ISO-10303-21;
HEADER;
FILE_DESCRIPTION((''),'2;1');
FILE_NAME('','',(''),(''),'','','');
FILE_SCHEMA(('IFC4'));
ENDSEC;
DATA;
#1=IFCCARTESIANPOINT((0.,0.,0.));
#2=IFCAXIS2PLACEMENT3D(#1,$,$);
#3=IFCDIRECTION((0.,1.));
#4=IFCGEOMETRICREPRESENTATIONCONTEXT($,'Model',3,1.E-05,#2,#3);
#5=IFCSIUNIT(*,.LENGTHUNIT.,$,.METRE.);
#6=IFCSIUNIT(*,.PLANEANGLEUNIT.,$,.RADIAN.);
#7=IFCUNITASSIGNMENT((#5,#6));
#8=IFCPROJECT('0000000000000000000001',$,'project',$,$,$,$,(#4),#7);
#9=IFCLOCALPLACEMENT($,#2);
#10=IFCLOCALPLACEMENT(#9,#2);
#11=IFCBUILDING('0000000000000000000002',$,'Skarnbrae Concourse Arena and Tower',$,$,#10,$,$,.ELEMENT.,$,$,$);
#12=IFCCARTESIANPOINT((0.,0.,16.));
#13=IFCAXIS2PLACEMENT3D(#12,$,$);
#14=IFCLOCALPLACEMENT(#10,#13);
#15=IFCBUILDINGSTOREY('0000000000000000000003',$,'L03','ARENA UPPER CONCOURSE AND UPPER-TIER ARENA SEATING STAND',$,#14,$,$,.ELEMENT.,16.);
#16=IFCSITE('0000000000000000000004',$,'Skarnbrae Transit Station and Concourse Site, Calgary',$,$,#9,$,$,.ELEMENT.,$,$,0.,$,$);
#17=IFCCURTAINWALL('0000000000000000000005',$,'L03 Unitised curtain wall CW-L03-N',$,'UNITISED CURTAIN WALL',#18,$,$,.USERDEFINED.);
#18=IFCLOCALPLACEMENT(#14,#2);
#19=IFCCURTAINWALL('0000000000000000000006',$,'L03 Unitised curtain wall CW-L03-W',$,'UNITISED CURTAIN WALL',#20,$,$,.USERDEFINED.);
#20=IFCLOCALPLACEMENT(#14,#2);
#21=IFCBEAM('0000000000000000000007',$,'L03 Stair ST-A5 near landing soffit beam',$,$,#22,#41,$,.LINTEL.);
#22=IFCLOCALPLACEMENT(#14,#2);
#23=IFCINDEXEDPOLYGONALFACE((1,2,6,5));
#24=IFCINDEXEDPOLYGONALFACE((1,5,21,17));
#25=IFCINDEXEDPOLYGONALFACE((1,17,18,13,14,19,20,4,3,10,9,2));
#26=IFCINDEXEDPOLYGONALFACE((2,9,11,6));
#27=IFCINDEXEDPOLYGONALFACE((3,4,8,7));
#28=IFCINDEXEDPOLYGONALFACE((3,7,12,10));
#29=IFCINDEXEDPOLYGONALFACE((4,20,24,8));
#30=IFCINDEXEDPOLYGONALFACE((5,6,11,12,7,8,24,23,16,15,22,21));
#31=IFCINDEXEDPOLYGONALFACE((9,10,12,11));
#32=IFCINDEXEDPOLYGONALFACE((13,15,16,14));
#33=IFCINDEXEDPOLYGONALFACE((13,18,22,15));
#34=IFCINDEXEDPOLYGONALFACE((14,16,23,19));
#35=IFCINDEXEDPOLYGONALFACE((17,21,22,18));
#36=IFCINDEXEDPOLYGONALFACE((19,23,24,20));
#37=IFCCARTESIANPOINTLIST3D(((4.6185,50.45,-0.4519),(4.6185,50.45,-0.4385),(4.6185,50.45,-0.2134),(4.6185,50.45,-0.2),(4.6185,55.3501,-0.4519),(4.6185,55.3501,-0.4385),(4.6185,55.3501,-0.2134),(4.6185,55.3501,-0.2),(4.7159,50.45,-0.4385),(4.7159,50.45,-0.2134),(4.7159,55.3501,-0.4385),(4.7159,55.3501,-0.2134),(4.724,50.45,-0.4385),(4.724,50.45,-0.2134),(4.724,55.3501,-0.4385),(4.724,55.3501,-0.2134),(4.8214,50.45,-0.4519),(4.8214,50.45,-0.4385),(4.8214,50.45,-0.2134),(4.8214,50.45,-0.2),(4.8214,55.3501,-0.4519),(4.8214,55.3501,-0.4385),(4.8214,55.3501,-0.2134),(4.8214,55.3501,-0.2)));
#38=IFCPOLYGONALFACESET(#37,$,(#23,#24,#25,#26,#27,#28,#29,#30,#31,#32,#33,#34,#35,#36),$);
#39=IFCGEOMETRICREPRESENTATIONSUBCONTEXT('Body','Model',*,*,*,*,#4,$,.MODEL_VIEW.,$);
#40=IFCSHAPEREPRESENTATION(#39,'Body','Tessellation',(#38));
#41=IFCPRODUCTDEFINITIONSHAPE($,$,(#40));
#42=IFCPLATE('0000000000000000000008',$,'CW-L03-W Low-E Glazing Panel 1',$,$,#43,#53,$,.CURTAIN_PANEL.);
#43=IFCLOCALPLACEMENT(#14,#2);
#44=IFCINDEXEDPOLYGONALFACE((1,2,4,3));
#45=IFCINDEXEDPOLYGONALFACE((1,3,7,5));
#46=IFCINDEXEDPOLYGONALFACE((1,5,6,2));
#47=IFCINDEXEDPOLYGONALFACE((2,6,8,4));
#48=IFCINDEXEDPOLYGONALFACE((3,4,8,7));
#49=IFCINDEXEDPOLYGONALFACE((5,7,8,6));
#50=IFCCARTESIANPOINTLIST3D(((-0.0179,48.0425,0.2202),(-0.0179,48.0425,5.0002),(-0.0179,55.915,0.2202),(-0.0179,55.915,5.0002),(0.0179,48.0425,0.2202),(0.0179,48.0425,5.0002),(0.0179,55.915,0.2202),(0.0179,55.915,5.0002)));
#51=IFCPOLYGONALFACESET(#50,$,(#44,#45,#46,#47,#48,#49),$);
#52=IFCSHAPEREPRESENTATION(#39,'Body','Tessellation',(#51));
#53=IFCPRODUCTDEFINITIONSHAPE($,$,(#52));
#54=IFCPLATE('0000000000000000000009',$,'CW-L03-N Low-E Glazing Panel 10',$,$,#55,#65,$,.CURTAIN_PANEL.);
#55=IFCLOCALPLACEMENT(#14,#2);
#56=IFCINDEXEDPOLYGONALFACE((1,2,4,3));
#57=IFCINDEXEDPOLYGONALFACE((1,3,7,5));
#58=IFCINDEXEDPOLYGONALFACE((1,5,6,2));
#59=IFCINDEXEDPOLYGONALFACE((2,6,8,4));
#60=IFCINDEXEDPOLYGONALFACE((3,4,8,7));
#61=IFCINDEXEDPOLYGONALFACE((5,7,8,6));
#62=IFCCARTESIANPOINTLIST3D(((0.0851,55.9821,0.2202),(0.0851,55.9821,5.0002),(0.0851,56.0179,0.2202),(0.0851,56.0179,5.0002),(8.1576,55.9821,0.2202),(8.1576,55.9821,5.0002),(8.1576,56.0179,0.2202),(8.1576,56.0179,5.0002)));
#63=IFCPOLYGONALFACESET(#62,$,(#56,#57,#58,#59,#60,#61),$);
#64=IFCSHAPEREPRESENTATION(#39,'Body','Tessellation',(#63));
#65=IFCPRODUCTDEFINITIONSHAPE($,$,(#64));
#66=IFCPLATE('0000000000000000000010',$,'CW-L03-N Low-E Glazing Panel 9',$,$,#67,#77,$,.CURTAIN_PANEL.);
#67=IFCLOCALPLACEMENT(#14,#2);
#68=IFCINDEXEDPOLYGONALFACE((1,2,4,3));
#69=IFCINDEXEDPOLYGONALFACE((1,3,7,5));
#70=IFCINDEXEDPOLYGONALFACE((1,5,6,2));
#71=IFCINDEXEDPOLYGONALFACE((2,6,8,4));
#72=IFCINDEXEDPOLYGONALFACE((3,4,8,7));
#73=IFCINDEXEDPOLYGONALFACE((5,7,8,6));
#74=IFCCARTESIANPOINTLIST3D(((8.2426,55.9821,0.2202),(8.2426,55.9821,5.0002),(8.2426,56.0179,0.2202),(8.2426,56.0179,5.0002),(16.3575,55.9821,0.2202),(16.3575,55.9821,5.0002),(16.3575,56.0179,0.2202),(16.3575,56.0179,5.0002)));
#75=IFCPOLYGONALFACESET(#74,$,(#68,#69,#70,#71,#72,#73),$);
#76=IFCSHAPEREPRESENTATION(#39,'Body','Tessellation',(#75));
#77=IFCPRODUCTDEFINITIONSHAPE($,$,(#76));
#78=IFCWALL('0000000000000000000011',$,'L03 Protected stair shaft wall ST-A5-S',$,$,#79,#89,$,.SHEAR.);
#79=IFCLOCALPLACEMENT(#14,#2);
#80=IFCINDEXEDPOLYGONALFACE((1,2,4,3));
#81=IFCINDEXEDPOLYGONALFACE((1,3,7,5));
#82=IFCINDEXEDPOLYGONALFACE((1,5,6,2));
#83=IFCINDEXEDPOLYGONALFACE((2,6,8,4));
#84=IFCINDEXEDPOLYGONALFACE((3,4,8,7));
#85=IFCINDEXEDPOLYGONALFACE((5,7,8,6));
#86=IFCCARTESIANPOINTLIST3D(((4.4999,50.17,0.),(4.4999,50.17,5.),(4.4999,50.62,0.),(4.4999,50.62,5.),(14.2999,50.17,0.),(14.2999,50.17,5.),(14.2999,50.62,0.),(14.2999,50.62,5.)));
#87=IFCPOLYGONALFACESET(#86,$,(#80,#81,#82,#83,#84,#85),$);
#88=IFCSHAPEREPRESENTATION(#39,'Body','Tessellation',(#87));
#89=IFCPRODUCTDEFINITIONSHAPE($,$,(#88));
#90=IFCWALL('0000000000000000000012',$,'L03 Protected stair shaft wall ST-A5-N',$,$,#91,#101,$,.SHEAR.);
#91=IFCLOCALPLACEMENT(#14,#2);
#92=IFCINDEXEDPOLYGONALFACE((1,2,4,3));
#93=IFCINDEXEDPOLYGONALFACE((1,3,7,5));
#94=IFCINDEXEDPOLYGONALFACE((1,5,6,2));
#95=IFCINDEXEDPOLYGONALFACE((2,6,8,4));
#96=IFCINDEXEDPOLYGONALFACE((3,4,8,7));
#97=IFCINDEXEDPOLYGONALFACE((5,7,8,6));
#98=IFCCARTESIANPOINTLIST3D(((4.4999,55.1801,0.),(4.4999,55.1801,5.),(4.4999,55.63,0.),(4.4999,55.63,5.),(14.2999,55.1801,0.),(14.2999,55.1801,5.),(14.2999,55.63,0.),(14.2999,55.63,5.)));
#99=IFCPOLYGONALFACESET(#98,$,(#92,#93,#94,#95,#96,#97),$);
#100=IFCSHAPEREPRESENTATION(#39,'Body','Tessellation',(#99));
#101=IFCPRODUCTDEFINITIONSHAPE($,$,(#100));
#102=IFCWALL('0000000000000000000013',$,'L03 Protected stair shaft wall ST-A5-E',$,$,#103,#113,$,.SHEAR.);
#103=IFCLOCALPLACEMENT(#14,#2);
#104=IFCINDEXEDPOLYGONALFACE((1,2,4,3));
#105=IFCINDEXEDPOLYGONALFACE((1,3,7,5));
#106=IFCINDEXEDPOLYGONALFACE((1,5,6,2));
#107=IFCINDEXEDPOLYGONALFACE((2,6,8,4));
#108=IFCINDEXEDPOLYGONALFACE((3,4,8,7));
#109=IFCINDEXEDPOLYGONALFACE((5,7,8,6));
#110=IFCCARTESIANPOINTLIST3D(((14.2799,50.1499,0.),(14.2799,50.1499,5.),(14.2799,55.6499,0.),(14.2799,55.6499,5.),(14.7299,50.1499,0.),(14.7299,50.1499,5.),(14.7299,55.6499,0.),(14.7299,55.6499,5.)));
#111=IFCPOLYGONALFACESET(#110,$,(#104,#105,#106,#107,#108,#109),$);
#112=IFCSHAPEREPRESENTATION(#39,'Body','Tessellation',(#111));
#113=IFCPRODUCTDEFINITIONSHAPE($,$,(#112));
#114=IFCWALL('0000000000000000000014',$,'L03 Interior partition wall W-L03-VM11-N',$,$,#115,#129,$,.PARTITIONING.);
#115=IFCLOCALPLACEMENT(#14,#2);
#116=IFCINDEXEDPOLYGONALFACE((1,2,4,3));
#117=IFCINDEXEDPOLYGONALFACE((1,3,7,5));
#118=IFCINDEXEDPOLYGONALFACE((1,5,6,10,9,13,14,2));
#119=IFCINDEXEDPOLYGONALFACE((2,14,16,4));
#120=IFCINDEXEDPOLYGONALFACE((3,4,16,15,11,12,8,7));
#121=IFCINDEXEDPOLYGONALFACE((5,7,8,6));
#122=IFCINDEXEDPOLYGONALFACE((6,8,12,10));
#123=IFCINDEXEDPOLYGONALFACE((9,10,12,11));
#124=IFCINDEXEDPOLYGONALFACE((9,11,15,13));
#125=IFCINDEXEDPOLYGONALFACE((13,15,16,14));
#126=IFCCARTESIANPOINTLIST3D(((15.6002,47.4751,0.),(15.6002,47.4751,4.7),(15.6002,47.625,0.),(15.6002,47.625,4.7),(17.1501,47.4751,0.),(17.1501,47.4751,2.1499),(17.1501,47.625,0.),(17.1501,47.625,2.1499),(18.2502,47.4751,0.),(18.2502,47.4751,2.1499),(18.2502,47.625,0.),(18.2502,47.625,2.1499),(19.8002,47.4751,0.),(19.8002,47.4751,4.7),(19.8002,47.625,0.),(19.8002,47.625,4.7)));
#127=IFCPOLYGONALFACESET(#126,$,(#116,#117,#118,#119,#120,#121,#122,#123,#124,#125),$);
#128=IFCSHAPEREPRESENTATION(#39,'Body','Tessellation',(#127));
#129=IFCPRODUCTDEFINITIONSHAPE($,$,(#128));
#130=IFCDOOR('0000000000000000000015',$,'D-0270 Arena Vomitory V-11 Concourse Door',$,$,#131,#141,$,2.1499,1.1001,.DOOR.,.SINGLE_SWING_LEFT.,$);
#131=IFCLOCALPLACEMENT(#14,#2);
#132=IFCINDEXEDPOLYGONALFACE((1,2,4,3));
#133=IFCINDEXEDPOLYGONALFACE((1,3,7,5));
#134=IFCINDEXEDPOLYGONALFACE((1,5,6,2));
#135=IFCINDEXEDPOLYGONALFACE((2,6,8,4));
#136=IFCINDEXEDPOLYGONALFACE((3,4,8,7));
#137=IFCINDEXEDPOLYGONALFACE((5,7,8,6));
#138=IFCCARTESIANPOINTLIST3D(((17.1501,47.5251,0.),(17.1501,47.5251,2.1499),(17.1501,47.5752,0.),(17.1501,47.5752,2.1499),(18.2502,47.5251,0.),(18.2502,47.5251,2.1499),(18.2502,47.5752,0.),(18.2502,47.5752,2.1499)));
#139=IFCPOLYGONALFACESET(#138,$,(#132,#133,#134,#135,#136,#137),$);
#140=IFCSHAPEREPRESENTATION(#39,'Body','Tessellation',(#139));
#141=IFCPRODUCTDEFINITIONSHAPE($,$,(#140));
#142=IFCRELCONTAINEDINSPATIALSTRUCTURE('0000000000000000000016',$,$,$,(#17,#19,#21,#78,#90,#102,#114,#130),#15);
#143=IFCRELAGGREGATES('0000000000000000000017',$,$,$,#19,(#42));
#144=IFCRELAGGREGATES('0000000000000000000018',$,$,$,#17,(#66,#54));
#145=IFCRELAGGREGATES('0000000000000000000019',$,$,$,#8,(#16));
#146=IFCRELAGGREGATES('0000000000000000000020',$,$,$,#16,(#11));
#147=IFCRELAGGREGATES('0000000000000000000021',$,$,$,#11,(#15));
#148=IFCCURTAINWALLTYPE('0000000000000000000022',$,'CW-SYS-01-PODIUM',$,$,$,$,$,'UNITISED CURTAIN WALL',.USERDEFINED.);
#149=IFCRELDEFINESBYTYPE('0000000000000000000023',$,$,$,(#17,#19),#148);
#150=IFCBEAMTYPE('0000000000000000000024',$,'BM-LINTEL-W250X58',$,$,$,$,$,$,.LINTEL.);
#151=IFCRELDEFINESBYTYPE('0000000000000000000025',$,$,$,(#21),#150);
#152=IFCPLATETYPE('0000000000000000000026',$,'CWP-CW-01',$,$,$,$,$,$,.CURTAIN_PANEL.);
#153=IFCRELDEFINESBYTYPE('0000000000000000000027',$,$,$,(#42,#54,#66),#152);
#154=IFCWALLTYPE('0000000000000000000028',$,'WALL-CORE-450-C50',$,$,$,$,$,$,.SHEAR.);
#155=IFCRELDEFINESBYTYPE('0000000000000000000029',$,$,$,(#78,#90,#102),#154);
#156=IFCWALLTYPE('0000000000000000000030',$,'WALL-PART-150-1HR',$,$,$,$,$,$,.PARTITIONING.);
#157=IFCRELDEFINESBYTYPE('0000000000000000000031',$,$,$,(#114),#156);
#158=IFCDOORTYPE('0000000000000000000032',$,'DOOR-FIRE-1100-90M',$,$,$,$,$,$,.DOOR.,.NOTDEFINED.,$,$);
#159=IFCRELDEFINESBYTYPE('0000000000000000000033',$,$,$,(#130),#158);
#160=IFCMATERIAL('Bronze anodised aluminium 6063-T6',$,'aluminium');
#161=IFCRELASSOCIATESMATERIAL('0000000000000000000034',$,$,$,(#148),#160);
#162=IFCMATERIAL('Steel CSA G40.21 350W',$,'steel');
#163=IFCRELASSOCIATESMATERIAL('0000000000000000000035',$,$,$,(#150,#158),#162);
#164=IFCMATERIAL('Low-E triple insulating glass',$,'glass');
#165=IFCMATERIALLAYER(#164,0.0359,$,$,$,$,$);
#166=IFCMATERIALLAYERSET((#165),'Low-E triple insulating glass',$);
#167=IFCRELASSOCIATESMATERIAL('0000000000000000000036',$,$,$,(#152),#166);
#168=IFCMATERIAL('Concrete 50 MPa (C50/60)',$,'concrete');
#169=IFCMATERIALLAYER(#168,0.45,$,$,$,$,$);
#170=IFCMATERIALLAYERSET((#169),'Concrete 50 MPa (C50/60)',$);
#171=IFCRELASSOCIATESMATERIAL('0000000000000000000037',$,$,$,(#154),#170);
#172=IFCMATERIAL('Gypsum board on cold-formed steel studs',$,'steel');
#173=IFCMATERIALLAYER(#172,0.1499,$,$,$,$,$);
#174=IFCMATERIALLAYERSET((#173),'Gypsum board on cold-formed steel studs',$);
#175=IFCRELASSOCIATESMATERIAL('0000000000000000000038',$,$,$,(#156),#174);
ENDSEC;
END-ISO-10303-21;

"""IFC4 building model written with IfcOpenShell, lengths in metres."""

from ifc_helpers import new_model, si_unit, direction, frame, frame_2d, origin, origin_2d, place, context, subcontext, project, spatial, rectangle, i_section, extrude, source, transform, mapped, material, layer, layer_set, material_profile, profile_set, type_object, element, fill, aggregate, save


model = new_model("IFC4")

# Units and contexts
model_context = context("Model", 3, precision=1e-05, world=origin(), true_north=direction((0.0, 1.0)))
body_context = subcontext(model_context, "Body", "Model", "MODEL_VIEW")
ifc_project = project(units=[si_unit("LENGTHUNIT", "METRE"), si_unit("PLANEANGLEUNIT", "RADIAN")], contexts=[model_context])

# Site, building, storey
site_placement = place(None, origin())
site = spatial("IfcSite", under=ifc_project, at=site_placement, Name="Skarnbrae Transit Station and Concourse Site, Calgary", CompositionType="ELEMENT", RefElevation=0.0)
building_placement = place(site_placement, origin())
building = spatial("IfcBuilding", under=site, at=building_placement, Name="Skarnbrae Concourse Arena and Tower", CompositionType="ELEMENT")
storey_placement = place(building_placement, frame((0.0, 0.0, 16.0)))
storey = spatial("IfcBuildingStorey", under=building, at=storey_placement, Name="L03", Description="ARENA UPPER CONCOURSE AND UPPER-TIER ARENA SEATING STAND", CompositionType="ELEMENT", Elevation=16.0)

# Shared definitions
ifc_material_1 = material(Name="Steel CSA G40.21 350W", Category="steel")

# Curtain walls
ifc_material_2 = material(Name="Bronze anodised aluminium 6063-T6", Category="aluminium")
curtain_wall_type = type_object("IfcCurtainWallType", Name="CW-SYS-01-PODIUM", ElementType="UNITISED CURTAIN WALL", PredefinedType="USERDEFINED", material=ifc_material_2)
curtain_wall_1_placement = place(storey_placement, origin())
curtain_wall_1 = element("IfcCurtainWall", 1, at=curtain_wall_1_placement, inside=storey, type_object=curtain_wall_type, Name="L03 Unitised curtain wall CW-L03-N", ObjectType="UNITISED CURTAIN WALL", PredefinedType="USERDEFINED")
curtain_wall_2_placement = place(storey_placement, origin())
curtain_wall_2 = element("IfcCurtainWall", 2, at=curtain_wall_2_placement, inside=storey, type_object=curtain_wall_type, Name="L03 Unitised curtain wall CW-L03-W", ObjectType="UNITISED CURTAIN WALL", PredefinedType="USERDEFINED")

# Beam
ifc_material_profile_1 = material_profile(ifc_material_1, i_section(OverallWidth=0.2029, OverallDepth=0.252, WebThickness=0.0081, FlangeThickness=0.0134, at=origin_2d()), Name="W250X58")
ifc_profile_set_1 = profile_set([ifc_material_profile_1], Name="Steel CSA G40.21 350W")
beam_type_1 = type_object("IfcBeamType", Name="BM-LINTEL-W250X58", PredefinedType="LINTEL", material=ifc_profile_set_1)
shared_shape_1 = source(origin(), body_context, "Body", "SweptSolid", [
    extrude(i_section(OverallWidth=0.2029, OverallDepth=0.252, WebThickness=0.0081, FlangeThickness=0.0134, at=origin_2d()), origin(), (0.0, 0.0, 1.0), 4.9001),
])
beam_1_placement = place(storey_placement, frame((4.72, 50.45, -0.3259), z_axis=(0.0, 1.0, 0.0), x_axis=(-1.0, 0.0, 0.0)))
element("IfcBeam", 3, at=beam_1_placement, inside=storey, type_object=beam_type_1, Name="L03 Stair ST-A5 near landing soffit beam", PredefinedType="LINTEL", context=body_context, shape_type="MappedRepresentation", body=[
    mapped(shared_shape_1, transform((0.0, 0.0, 0.0))),
])

# Plates
ifc_material_3 = material(Name="Low-E triple insulating glass", Category="glass")
ifc_layer_1 = layer(ifc_material_3, 0.0359)
ifc_layer_set_1 = layer_set([ifc_layer_1], Name="Low-E triple insulating glass")
plate_type = type_object("IfcPlateType", Name="CWP-CW-01", PredefinedType="CURTAIN_PANEL", material=ifc_layer_set_1)
shared_shape_2 = source(origin(), body_context, "Body", "SweptSolid", [
    extrude(rectangle(XDim=7.8726, YDim=0.0359, at=origin_2d()), origin(), (0.0, 0.0, 1.0), 4.78),
])
plate_1_placement = place(storey_placement, frame((0.0, 51.9788, 0.2202), z_axis=(0.0, 0.0, 1.0), x_axis=(0.0, -1.0, 0.0)))
plate_1 = element("IfcPlate", 4, at=plate_1_placement, type_object=plate_type, Name="CW-L03-W Low-E Glazing Panel 1", PredefinedType="CURTAIN_PANEL", context=body_context, shape_type="MappedRepresentation", body=[
    mapped(shared_shape_2, transform((0.0, 0.0, 0.0))),
])
aggregate(curtain_wall_2, [plate_1])
shared_shape_3 = source(origin(), body_context, "Body", "SweptSolid", [
    extrude(rectangle(XDim=8.0725, YDim=0.0359, at=origin_2d()), origin(), (0.0, 0.0, 1.0), 4.78),
])
plate_2_placement = place(storey_placement, frame((4.1213, 56.0, 0.2202), z_axis=(0.0, 0.0, 1.0), x_axis=(-1.0, 0.0, 0.0)))
plate_2 = element("IfcPlate", 5, at=plate_2_placement, type_object=plate_type, Name="CW-L03-N Low-E Glazing Panel 10", PredefinedType="CURTAIN_PANEL", context=body_context, shape_type="MappedRepresentation", body=[
    mapped(shared_shape_3, transform((0.0, 0.0, 0.0))),
])
shared_shape_4 = source(origin(), body_context, "Body", "SweptSolid", [
    extrude(rectangle(XDim=8.115, YDim=0.0359, at=origin_2d()), origin(), (0.0, 0.0, 1.0), 4.78),
])
plate_3_placement = place(storey_placement, frame((12.3, 56.0, 0.2202), z_axis=(0.0, 0.0, 1.0), x_axis=(-1.0, 0.0, 0.0)))
plate_3 = element("IfcPlate", 6, at=plate_3_placement, type_object=plate_type, Name="CW-L03-N Low-E Glazing Panel 9", PredefinedType="CURTAIN_PANEL", context=body_context, shape_type="MappedRepresentation", body=[
    mapped(shared_shape_4, transform((0.0, 0.0, 0.0))),
])
aggregate(curtain_wall_1, [plate_3, plate_2])

# Walls
ifc_material_4 = material(Name="Concrete 50 MPa (C50/60)", Category="concrete")
ifc_layer_2 = layer(ifc_material_4, 0.45)
ifc_layer_set_2 = layer_set([ifc_layer_2], Name="Concrete 50 MPa (C50/60)")
wall_type_1 = type_object("IfcWallType", Name="WALL-CORE-450-C50", PredefinedType="SHEAR", material=ifc_layer_set_2)
shared_shape_5 = source(origin(), body_context, "Body", "SweptSolid", [
    extrude(rectangle(XDim=9.8, YDim=0.45, at=frame_2d((4.8999, 0.0))), origin(), (0.0, 0.0, 1.0), 5.0),
])
for number, where, z_axis, x_axis, name in (
    (7, (4.5, 50.395, 0.0), (0.0, 0.0, 1.0), (1.0, 0.0, 0.0), "L03 Protected stair shaft wall ST-A5-S"),
    (8, (4.5, 55.405, 0.0), (0.0, 0.0, 1.0), (1.0, 0.0, 0.0), "L03 Protected stair shaft wall ST-A5-N"),
):
    element("IfcWall", number, at=place(storey_placement, frame(where, z_axis=z_axis, x_axis=x_axis)), inside=storey, type_object=wall_type_1, Name=name, PredefinedType="SHEAR", context=body_context, shape_type="MappedRepresentation", body=[
        mapped(shared_shape_5, transform((0.0, 0.0, 0.0))),
    ])

# Shared definitions
shared_shape_6 = source(origin(), body_context, "Body", "SweptSolid", [
    extrude(rectangle(XDim=5.5, YDim=0.45, at=frame_2d((2.75, 0.0))), origin(), (0.0, 0.0, 1.0), 5.0),
])
door_type = type_object("IfcDoorType", Name="DOOR-FIRE-1100-90M", OperationType="NOTDEFINED", PredefinedType="DOOR", material=ifc_material_1)
shared_shape_7 = source(origin(), body_context, "Body", "SweptSolid", [
    extrude(rectangle(XDim=1.1001, YDim=2.1499, at=frame_2d((0.55, 1.075))), frame((0.0, 0.0249, 0.0), z_axis=(0.0, -1.0, 0.0), x_axis=(1.0, 0.0, 0.0)), (0.0, 0.0, 1.0), 0.05),
])

# Wall
wall_1_placement = place(storey_placement, frame((14.5049, 50.1499, 0.0), z_axis=(0.0, 0.0, 1.0), x_axis=(0.0, 1.0, 0.0)))
element("IfcWall", 9, at=wall_1_placement, inside=storey, type_object=wall_type_1, Name="L03 Protected stair shaft wall ST-A5-E", PredefinedType="SHEAR", context=body_context, shape_type="MappedRepresentation", body=[
    mapped(shared_shape_6, transform((0.0, 0.0, 0.0))),
])

# Wall, opening, door
ifc_material_5 = material(Name="Gypsum board on cold-formed steel studs", Category="steel")
ifc_layer_3 = layer(ifc_material_5, 0.1499)
ifc_layer_set_3 = layer_set([ifc_layer_3], Name="Gypsum board on cold-formed steel studs")
wall_type_2 = type_object("IfcWallType", Name="WALL-PART-150-1HR", PredefinedType="PARTITIONING", material=ifc_layer_set_3)
shared_shape_8 = source(origin(), body_context, "Body", "SweptSolid", [
    extrude(rectangle(XDim=4.2, YDim=0.1499, at=frame_2d((2.1001, 0.0))), origin(), (0.0, 0.0, 1.0), 4.7),
])
wall_2_placement = place(storey_placement, frame((15.6001, 47.55, 0.0), z_axis=(0.0, 0.0, 1.0), x_axis=(1.0, 0.0, 0.0)))
wall_2 = element("IfcWall", 10, at=wall_2_placement, inside=storey, type_object=wall_type_2, Name="L03 Interior partition wall W-L03-VM11-N", PredefinedType="PARTITIONING", context=body_context, shape_type="MappedRepresentation", body=[
    mapped(shared_shape_8, transform((0.0, 0.0, 0.0))),
])
opening_1_placement = place(wall_2_placement, frame((1.55, 0.0, 0.0)))
opening_1 = element("IfcOpeningElement", 11, at=opening_1_placement, cuts=wall_2, PredefinedType="OPENING", context=body_context, shape_type="SweptSolid", body=[
    extrude(rectangle(XDim=1.1001, YDim=2.1499, at=frame_2d((0.55, 1.075))), frame((0.0, 0.085, 0.0), z_axis=(0.0, -1.0, 0.0), x_axis=(1.0, 0.0, 0.0)), (0.0, 0.0, 1.0), 0.1699),
])
door_1_placement = place(opening_1_placement, frame((1.1001, 0.0, 0.0), z_axis=(0.0, 0.0, 1.0), x_axis=(-1.0, 0.0, 0.0)))
door_1 = element("IfcDoor", 12, at=door_1_placement, inside=storey, type_object=door_type, Name="D-0270 Arena Vomitory V-11 Concourse Door", OperationType="SINGLE_SWING_LEFT", OverallHeight=2.1499, OverallWidth=1.1001, PredefinedType="DOOR", context=body_context, shape_type="MappedRepresentation", body=[
    mapped(shared_shape_7, transform((0.0, 0.0, 0.0))),
])
fill(opening_1, door_1)

save(model, "model.ifc")
